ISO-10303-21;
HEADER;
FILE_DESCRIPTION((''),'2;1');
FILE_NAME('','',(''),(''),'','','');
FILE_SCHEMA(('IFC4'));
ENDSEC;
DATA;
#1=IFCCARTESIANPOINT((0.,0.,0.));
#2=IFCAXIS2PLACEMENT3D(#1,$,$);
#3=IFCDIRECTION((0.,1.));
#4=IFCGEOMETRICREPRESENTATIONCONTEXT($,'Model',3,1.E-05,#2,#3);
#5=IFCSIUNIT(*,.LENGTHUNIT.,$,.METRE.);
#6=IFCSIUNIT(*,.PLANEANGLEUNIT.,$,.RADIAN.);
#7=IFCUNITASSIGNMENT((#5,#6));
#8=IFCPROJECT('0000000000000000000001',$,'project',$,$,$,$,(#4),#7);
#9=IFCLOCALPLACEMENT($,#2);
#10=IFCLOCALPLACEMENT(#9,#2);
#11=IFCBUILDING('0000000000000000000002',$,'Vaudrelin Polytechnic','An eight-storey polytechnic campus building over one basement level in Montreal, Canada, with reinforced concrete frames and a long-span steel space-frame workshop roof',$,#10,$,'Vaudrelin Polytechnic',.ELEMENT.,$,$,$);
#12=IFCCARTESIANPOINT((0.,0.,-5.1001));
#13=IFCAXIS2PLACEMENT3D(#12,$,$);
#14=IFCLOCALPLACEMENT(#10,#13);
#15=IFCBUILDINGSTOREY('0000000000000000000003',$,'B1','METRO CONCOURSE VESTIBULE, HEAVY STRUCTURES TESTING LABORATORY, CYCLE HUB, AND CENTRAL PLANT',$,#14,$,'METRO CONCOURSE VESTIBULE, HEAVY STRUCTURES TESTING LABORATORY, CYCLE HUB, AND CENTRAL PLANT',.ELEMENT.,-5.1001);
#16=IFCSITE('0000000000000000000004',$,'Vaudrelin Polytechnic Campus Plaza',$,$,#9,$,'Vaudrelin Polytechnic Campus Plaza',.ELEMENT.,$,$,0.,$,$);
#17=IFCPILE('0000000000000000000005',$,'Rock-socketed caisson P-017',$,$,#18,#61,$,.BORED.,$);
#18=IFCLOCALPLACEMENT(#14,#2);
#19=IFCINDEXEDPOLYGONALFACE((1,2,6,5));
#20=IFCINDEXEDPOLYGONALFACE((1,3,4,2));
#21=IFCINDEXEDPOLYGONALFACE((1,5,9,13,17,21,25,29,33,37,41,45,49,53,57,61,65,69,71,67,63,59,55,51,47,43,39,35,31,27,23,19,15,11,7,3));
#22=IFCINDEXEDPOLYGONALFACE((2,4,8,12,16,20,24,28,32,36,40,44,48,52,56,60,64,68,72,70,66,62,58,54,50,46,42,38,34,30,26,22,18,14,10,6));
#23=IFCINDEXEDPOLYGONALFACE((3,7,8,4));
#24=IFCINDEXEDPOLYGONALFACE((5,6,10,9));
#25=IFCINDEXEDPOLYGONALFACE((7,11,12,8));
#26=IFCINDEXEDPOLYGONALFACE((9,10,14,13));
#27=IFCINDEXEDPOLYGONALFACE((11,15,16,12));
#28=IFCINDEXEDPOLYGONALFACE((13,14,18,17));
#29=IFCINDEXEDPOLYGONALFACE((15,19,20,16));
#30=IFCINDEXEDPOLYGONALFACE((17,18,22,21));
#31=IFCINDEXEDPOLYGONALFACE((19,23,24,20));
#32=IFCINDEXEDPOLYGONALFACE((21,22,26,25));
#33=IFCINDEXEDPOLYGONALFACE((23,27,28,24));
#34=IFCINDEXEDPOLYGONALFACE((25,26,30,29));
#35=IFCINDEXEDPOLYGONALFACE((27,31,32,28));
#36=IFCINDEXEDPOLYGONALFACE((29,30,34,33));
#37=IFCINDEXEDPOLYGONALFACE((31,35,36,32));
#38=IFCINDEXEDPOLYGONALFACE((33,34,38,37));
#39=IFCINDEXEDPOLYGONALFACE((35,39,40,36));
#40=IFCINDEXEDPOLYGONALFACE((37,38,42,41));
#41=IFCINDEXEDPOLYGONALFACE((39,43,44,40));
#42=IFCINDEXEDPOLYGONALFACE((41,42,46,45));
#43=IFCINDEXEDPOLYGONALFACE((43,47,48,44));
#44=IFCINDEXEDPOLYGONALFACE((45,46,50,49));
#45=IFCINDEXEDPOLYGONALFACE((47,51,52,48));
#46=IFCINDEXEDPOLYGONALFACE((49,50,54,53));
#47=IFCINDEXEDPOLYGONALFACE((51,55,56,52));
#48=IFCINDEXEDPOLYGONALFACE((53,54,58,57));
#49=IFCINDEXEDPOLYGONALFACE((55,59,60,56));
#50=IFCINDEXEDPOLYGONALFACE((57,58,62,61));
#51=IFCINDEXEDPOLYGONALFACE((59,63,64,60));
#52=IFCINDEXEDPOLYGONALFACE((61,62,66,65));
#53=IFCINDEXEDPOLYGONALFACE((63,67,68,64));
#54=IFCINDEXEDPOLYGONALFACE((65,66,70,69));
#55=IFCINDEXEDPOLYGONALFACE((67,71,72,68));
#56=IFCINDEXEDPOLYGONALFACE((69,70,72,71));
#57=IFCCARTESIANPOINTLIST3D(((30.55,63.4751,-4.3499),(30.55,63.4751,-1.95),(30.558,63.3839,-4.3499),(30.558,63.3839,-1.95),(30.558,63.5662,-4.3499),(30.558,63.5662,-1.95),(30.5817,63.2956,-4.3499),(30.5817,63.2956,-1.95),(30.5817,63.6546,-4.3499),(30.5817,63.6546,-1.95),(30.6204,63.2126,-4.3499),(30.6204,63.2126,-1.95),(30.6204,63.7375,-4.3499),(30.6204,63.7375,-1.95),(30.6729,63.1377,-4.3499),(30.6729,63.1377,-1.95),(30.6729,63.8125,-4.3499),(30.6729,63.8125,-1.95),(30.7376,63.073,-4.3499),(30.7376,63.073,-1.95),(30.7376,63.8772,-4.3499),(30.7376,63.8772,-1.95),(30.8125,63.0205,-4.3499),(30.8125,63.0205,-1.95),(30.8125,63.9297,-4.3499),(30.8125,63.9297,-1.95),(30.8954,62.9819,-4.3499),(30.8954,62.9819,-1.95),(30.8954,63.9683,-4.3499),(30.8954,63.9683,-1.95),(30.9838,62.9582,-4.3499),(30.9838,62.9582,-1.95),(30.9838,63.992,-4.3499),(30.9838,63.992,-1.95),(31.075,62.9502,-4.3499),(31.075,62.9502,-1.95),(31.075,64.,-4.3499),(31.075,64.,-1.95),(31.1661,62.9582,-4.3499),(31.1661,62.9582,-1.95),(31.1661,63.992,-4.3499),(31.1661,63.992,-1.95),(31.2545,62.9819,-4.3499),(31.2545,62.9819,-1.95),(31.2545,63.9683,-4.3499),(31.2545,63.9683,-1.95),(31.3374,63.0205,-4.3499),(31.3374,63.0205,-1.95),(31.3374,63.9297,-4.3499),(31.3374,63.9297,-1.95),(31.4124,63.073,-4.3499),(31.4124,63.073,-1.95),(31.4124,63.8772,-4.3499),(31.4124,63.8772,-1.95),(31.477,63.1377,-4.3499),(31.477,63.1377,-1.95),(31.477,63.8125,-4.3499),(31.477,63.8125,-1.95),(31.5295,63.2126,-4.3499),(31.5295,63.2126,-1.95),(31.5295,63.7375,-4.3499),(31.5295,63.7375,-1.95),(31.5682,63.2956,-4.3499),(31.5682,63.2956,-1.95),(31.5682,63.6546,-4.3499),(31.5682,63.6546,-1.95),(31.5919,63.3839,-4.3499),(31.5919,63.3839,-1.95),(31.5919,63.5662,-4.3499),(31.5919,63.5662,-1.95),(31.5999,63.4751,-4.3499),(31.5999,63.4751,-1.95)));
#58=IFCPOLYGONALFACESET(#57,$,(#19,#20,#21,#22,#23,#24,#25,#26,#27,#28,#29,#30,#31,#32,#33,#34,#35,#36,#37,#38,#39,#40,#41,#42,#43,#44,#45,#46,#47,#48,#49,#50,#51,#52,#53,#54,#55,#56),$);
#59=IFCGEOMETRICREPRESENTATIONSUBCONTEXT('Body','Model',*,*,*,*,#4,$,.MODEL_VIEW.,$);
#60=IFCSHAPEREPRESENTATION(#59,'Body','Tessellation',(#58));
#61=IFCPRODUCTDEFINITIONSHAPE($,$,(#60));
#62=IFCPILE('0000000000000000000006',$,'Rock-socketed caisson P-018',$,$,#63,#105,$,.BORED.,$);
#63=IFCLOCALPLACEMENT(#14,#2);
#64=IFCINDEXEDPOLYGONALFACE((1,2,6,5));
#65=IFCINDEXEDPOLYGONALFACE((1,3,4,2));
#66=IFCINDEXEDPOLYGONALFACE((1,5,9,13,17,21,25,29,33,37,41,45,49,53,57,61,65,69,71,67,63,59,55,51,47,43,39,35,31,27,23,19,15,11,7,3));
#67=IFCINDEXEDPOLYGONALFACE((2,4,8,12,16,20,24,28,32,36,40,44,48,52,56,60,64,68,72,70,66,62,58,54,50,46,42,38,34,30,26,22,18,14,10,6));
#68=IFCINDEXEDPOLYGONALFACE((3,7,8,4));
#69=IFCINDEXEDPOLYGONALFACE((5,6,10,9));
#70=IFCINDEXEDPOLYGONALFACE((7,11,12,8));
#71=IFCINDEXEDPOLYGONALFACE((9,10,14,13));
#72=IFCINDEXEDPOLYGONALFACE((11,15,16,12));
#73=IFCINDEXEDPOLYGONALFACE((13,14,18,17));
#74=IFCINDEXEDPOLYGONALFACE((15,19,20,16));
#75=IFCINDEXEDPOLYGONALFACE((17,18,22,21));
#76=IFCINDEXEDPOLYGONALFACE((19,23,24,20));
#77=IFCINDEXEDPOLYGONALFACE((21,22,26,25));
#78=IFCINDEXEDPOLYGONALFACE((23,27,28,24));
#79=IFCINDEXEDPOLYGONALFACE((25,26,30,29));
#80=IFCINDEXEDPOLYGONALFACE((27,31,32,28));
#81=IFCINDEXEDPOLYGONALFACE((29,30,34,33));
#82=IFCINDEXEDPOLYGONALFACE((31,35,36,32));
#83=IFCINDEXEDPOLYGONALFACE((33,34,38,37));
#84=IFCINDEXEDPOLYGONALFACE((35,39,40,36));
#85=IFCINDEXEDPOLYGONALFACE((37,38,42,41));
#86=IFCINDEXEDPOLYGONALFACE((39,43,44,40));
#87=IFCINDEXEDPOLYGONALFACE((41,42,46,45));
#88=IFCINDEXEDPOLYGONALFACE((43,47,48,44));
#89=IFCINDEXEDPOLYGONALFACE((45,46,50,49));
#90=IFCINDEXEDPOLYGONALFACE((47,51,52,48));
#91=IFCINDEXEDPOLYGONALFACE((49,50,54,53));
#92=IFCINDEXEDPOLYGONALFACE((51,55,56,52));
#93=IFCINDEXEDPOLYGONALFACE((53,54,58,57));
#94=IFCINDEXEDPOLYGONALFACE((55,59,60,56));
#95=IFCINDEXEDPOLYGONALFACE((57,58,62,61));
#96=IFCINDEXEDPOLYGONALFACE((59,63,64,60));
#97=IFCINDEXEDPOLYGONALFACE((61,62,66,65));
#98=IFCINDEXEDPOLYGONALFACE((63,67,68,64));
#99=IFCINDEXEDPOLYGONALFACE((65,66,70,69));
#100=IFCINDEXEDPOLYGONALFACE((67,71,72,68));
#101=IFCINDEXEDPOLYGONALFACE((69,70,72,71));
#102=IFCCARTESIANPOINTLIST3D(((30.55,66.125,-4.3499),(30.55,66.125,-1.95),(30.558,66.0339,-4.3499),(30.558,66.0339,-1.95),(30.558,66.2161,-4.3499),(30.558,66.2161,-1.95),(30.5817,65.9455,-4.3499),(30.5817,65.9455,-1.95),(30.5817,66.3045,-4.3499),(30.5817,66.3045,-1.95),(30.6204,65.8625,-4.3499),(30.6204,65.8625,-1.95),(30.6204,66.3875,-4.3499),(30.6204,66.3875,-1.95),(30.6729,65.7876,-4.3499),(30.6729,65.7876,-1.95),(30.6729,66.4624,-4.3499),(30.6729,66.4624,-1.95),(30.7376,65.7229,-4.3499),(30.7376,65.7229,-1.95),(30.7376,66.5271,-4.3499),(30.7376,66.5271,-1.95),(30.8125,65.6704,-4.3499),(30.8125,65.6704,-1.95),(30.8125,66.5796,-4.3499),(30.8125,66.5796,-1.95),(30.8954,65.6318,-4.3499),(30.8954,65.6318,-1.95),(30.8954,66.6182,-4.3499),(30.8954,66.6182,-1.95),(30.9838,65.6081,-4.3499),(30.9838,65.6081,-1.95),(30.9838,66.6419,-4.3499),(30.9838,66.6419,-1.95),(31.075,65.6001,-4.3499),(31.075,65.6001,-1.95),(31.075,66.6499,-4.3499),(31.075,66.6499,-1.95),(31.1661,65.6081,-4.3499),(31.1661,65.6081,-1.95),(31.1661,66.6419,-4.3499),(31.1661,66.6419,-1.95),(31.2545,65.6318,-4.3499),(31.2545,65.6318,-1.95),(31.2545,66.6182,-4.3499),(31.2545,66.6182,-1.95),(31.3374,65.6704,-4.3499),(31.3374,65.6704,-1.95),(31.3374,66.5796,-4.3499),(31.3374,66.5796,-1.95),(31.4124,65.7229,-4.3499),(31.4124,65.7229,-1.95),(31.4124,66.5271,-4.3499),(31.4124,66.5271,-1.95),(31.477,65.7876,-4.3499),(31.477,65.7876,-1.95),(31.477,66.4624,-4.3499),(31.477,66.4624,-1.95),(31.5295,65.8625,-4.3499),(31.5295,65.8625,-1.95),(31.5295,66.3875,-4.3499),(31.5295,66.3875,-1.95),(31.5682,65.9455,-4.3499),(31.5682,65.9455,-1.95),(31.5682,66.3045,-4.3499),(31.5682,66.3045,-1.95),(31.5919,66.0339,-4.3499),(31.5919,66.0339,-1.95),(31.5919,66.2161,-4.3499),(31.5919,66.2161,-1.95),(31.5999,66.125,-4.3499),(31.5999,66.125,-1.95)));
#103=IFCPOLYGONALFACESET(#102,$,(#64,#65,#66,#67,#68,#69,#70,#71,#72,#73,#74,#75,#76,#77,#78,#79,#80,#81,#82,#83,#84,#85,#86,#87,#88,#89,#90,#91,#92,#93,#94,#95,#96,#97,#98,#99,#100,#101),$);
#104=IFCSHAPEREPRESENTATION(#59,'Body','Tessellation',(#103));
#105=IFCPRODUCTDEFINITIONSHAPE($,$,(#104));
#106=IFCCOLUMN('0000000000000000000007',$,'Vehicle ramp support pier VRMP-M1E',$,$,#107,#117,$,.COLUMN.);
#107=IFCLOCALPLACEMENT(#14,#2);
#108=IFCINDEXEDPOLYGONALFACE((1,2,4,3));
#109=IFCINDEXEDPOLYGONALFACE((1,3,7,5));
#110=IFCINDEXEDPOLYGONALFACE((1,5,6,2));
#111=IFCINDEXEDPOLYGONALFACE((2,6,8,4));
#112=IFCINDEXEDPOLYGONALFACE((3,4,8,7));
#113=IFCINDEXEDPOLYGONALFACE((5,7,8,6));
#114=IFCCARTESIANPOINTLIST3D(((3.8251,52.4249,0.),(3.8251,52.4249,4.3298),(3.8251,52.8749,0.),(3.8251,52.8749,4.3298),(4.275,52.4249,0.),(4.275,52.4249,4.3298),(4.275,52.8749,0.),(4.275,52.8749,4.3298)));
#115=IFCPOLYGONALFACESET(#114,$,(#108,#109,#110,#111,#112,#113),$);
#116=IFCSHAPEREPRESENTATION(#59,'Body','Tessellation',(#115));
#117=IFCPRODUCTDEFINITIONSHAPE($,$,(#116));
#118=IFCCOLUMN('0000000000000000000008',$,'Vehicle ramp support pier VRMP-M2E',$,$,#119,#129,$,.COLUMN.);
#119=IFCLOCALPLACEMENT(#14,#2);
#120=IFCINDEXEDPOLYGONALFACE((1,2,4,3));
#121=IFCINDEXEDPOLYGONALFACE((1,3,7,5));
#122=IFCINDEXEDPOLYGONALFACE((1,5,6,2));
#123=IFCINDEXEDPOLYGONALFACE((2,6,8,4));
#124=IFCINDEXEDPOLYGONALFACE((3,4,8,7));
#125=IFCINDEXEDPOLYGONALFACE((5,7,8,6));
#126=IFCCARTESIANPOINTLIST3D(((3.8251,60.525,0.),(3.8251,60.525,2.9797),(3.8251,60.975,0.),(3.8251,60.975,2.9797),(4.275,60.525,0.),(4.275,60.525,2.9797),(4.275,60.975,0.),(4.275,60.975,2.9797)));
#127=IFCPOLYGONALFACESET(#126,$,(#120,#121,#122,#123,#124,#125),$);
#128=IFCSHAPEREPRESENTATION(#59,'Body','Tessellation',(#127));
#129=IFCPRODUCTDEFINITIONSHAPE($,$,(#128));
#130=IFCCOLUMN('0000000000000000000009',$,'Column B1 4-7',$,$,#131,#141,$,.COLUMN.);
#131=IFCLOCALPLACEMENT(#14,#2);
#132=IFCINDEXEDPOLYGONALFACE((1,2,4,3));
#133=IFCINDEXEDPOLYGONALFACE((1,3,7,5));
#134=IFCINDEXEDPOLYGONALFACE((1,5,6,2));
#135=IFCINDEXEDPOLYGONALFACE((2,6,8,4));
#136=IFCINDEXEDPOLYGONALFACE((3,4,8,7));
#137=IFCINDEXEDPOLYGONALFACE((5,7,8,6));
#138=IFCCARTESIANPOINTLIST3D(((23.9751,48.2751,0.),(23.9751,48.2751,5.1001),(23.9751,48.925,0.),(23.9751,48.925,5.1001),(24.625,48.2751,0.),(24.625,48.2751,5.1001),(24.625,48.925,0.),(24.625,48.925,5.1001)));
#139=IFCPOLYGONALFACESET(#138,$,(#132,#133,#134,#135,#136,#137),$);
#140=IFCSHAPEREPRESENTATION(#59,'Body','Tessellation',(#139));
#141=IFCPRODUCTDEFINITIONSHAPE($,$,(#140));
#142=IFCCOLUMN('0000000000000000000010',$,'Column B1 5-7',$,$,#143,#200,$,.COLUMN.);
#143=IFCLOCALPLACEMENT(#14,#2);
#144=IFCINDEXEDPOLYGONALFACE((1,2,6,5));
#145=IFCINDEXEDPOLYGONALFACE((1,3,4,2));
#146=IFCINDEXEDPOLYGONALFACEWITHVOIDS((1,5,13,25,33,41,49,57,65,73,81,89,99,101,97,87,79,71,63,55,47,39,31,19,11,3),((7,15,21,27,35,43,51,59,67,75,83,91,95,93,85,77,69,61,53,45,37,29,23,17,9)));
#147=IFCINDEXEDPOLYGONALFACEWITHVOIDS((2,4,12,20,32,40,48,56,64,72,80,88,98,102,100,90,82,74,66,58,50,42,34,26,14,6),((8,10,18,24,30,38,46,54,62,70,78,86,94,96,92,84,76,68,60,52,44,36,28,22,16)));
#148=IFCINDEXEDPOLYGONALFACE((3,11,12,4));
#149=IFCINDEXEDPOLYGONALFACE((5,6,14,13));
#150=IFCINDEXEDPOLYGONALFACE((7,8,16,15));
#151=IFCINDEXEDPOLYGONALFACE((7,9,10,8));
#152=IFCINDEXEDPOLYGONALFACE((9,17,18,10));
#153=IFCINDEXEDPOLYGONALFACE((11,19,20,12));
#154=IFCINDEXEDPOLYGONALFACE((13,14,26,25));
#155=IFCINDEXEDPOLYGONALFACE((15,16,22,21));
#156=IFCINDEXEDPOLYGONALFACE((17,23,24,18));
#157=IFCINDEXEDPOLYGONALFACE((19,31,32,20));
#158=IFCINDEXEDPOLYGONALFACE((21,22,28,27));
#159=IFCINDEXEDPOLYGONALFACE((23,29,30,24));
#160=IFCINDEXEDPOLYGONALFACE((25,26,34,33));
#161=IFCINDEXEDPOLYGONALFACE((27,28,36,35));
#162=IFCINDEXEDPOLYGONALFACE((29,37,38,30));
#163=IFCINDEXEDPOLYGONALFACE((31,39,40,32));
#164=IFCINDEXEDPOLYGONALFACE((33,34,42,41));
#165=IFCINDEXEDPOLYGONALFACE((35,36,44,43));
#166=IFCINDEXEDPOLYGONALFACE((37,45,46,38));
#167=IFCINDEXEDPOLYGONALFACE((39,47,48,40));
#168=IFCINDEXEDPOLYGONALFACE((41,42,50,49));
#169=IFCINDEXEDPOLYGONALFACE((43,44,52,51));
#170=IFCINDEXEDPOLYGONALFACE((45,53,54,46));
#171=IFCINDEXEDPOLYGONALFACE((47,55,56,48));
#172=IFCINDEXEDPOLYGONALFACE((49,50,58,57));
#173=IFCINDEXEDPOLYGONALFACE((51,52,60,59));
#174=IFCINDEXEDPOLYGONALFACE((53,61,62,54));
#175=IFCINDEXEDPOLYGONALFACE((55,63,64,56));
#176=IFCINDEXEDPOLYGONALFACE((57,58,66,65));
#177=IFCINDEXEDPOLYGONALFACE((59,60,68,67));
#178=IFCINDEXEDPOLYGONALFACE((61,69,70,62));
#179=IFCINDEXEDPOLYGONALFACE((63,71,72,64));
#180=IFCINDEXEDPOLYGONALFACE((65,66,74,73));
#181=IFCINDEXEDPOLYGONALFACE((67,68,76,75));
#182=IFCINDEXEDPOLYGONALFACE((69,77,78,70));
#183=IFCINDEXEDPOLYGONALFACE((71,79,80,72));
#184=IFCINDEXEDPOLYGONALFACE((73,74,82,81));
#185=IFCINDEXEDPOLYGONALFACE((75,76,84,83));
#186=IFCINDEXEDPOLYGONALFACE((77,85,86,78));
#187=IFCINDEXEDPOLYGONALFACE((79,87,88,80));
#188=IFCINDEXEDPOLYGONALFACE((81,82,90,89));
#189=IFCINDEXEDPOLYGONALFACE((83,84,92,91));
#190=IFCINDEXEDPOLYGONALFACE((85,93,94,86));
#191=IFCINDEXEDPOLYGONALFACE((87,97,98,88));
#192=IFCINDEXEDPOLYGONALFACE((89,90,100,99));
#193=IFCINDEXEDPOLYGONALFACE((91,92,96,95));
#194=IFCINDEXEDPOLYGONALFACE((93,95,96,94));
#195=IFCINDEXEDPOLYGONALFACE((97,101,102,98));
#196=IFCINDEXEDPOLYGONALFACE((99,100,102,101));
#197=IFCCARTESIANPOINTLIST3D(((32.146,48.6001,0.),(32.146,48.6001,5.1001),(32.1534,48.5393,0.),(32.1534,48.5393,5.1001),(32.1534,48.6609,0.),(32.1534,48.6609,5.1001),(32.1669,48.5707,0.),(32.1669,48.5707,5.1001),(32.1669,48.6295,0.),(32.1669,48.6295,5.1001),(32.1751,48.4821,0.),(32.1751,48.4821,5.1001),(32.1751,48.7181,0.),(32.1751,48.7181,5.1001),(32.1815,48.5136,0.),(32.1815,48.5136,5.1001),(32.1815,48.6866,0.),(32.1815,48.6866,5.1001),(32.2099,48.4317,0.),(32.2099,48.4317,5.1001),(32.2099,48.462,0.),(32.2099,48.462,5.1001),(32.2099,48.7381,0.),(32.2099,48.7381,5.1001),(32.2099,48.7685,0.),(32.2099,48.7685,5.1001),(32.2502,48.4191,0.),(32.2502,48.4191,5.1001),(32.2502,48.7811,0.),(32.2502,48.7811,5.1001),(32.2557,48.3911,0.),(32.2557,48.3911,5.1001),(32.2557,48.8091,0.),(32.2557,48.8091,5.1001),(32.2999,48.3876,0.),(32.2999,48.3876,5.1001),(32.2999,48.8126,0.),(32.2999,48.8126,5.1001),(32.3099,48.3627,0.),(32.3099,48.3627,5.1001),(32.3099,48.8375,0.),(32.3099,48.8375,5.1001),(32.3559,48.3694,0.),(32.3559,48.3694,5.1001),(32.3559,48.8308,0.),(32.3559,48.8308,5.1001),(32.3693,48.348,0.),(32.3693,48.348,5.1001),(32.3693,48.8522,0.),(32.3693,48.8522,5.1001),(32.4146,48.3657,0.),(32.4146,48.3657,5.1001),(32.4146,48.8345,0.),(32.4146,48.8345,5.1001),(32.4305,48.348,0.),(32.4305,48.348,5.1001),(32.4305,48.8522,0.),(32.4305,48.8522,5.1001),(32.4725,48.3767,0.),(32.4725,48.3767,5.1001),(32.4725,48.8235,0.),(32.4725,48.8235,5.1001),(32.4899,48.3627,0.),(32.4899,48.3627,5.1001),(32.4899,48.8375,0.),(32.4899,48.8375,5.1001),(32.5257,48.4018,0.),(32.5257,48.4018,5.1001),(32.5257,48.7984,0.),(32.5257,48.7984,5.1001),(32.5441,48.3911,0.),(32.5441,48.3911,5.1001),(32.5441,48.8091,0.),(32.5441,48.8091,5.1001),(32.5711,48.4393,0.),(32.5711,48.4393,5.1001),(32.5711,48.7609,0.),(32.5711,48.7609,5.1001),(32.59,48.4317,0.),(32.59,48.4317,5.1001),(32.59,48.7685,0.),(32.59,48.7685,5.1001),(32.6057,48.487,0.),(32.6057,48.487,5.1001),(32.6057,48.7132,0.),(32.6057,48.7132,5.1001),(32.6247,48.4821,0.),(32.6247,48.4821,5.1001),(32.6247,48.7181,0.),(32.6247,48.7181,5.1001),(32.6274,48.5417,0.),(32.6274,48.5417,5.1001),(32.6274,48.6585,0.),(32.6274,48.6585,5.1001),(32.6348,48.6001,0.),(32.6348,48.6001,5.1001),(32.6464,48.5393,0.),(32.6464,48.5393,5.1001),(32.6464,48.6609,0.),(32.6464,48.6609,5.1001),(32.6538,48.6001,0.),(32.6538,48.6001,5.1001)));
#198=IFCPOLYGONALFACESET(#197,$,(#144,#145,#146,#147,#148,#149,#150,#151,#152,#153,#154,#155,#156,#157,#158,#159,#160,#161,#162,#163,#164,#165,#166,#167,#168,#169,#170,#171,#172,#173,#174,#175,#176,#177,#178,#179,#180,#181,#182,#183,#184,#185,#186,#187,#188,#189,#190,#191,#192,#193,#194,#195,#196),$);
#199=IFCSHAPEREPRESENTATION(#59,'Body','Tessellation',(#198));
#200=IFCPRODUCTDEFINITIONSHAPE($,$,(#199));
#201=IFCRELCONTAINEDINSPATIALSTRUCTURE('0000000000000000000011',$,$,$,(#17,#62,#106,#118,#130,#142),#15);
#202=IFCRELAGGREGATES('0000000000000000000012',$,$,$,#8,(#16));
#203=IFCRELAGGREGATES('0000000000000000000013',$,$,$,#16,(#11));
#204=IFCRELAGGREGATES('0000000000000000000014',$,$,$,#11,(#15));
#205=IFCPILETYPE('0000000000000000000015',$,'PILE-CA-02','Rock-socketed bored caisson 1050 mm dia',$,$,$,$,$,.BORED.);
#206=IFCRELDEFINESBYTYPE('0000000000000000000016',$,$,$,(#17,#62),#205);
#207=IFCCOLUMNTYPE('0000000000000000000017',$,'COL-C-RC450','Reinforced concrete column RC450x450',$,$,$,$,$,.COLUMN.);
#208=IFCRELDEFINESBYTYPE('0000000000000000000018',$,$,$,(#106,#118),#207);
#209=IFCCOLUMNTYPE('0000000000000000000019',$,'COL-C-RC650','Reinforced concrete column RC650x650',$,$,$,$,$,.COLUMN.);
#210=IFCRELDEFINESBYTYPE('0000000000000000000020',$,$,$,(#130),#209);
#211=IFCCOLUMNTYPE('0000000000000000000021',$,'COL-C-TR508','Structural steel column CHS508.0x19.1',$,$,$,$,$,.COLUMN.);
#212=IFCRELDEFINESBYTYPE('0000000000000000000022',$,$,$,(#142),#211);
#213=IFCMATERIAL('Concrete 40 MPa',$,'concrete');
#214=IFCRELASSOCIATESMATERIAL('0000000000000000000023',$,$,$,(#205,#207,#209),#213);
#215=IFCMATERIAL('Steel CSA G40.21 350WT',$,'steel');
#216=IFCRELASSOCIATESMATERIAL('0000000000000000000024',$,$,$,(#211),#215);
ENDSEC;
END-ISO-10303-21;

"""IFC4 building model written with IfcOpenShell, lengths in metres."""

from ifc_helpers import new_model, si_unit, direction, frame, origin, origin_2d, place, context, subcontext, project, spatial, rectangle, circle, hollow_circle, extrude, material, material_profile, profile_set, type_object, element, save


model = new_model("IFC4")

# Units and contexts
model_context = context("Model", 3, precision=1e-05, world=origin(), true_north=direction((0.0, 1.0)))
body_context = subcontext(model_context, "Body", "Model", "MODEL_VIEW")
ifc_project = project(units=[si_unit("LENGTHUNIT", "METRE"), si_unit("PLANEANGLEUNIT", "RADIAN")], contexts=[model_context])

# Site, building, storey
site_placement = place(None, origin())
site = spatial("IfcSite", under=ifc_project, at=site_placement, Name="Vaudrelin Polytechnic Campus Plaza", LongName="Vaudrelin Polytechnic Campus Plaza", CompositionType="ELEMENT", RefElevation=0.0)
building_placement = place(site_placement, origin())
building = spatial("IfcBuilding", under=site, at=building_placement, Name="Vaudrelin Polytechnic", Description="An eight-storey polytechnic campus building over one basement level in Montreal, Canada, with reinforced concrete frames and a long-span steel space-frame workshop roof", LongName="Vaudrelin Polytechnic", CompositionType="ELEMENT")
storey_placement = place(building_placement, frame((0.0, 0.0, -5.1001)))
storey = spatial("IfcBuildingStorey", under=building, at=storey_placement, Name="B1", Description="METRO CONCOURSE VESTIBULE, HEAVY STRUCTURES TESTING LABORATORY, CYCLE HUB, AND CENTRAL PLANT", LongName="METRO CONCOURSE VESTIBULE, HEAVY STRUCTURES TESTING LABORATORY, CYCLE HUB, AND CENTRAL PLANT", CompositionType="ELEMENT", Elevation=-5.1001)

# Shared definitions
ifc_material_1 = material(Name="Concrete 40 MPa", Category="concrete")

# Piles
ifc_material_profile_1 = material_profile(ifc_material_1, circle(Radius=0.5249, at=origin_2d()), Name="CAISSON1050")
ifc_profile_set_1 = profile_set([ifc_material_profile_1], Name="Concrete 40 MPa")
pile_type = type_object("IfcPileType", Name="PILE-CA-02", Description="Rock-socketed bored caisson 1050 mm dia", PredefinedType="BORED", material=ifc_profile_set_1)
for number, where, z_axis, x_axis, name in (
    (1, (31.075, 63.4751, -1.95), (0.0, 0.0, -1.0), (1.0, 0.0, 0.0), "Rock-socketed caisson P-017"),
    (2, (31.075, 66.125, -1.95), (0.0, 0.0, -1.0), (1.0, 0.0, 0.0), "Rock-socketed caisson P-018"),
):
    element("IfcPile", number, at=place(storey_placement, frame(where, z_axis=z_axis, x_axis=x_axis)), inside=storey, type_object=pile_type, Name=name, PredefinedType="BORED", context=body_context, shape_type="SweptSolid", body=[
        extrude(circle(Radius=0.5249, at=origin_2d()), origin(), (0.0, 0.0, 1.0), 2.3999),
    ])

# Columns
ifc_material_profile_2 = material_profile(ifc_material_1, rectangle(XDim=0.45, YDim=0.45, at=origin_2d()), Name="RC450x450")
ifc_profile_set_2 = profile_set([ifc_material_profile_2], Name="Concrete 40 MPa")
column_type_1 = type_object("IfcColumnType", Name="COL-C-RC450", Description="Reinforced concrete column RC450x450", PredefinedType="COLUMN", material=ifc_profile_set_2)
column_1_placement = place(storey_placement, frame((4.05, 52.6499, 0.0), z_axis=(0.0, 0.0, 1.0), x_axis=(1.0, 0.0, 0.0)))
element("IfcColumn", 3, at=column_1_placement, inside=storey, type_object=column_type_1, Name="Vehicle ramp support pier VRMP-M1E", PredefinedType="COLUMN", context=body_context, shape_type="SweptSolid", body=[
    extrude(rectangle(XDim=0.45, YDim=0.45, at=origin_2d()), origin(), (0.0, 0.0, 1.0), 4.3298),
])
column_2_placement = place(storey_placement, frame((4.05, 60.75, 0.0), z_axis=(0.0, 0.0, 1.0), x_axis=(1.0, 0.0, 0.0)))
element("IfcColumn", 4, at=column_2_placement, inside=storey, type_object=column_type_1, Name="Vehicle ramp support pier VRMP-M2E", PredefinedType="COLUMN", context=body_context, shape_type="SweptSolid", body=[
    extrude(rectangle(XDim=0.45, YDim=0.45, at=origin_2d()), origin(), (0.0, 0.0, 1.0), 2.9797),
])
ifc_material_profile_3 = material_profile(ifc_material_1, rectangle(XDim=0.6499, YDim=0.6499, at=origin_2d()), Name="RC650x650")
ifc_profile_set_3 = profile_set([ifc_material_profile_3], Name="Concrete 40 MPa")
column_type_2 = type_object("IfcColumnType", Name="COL-C-RC650", Description="Reinforced concrete column RC650x650", PredefinedType="COLUMN", material=ifc_profile_set_3)
column_3_placement = place(storey_placement, frame((24.3, 48.6001, 0.0), z_axis=(0.0, 0.0, 1.0), x_axis=(1.0, 0.0, 0.0)))
element("IfcColumn", 5, at=column_3_placement, inside=storey, type_object=column_type_2, Name="Column B1 4-7", PredefinedType="COLUMN", context=body_context, shape_type="SweptSolid", body=[
    extrude(rectangle(XDim=0.6499, YDim=0.6499, at=origin_2d()), origin(), (0.0, 0.0, 1.0), 5.1001),
])
ifc_material_2 = material(Name="Steel CSA G40.21 350WT", Category="steel")
ifc_material_profile_4 = material_profile(ifc_material_2, hollow_circle(Radius=0.2539, WallThickness=0.019, at=origin_2d()), Name="CHS508.0x19.1")
ifc_profile_set_4 = profile_set([ifc_material_profile_4], Name="Steel CSA G40.21 350WT")
column_type_3 = type_object("IfcColumnType", Name="COL-C-TR508", Description="Structural steel column CHS508.0x19.1", PredefinedType="COLUMN", material=ifc_profile_set_4)
column_4_placement = place(storey_placement, frame((32.3999, 48.6001, 0.0), z_axis=(0.0, 0.0, 1.0), x_axis=(1.0, 0.0, 0.0)))
element("IfcColumn", 6, at=column_4_placement, inside=storey, type_object=column_type_3, Name="Column B1 5-7", PredefinedType="COLUMN", context=body_context, shape_type="SweptSolid", body=[
    extrude(hollow_circle(Radius=0.2539, WallThickness=0.019, at=origin_2d()), origin(), (0.0, 0.0, 1.0), 5.1001),
])

save(model, "model.ifc")
